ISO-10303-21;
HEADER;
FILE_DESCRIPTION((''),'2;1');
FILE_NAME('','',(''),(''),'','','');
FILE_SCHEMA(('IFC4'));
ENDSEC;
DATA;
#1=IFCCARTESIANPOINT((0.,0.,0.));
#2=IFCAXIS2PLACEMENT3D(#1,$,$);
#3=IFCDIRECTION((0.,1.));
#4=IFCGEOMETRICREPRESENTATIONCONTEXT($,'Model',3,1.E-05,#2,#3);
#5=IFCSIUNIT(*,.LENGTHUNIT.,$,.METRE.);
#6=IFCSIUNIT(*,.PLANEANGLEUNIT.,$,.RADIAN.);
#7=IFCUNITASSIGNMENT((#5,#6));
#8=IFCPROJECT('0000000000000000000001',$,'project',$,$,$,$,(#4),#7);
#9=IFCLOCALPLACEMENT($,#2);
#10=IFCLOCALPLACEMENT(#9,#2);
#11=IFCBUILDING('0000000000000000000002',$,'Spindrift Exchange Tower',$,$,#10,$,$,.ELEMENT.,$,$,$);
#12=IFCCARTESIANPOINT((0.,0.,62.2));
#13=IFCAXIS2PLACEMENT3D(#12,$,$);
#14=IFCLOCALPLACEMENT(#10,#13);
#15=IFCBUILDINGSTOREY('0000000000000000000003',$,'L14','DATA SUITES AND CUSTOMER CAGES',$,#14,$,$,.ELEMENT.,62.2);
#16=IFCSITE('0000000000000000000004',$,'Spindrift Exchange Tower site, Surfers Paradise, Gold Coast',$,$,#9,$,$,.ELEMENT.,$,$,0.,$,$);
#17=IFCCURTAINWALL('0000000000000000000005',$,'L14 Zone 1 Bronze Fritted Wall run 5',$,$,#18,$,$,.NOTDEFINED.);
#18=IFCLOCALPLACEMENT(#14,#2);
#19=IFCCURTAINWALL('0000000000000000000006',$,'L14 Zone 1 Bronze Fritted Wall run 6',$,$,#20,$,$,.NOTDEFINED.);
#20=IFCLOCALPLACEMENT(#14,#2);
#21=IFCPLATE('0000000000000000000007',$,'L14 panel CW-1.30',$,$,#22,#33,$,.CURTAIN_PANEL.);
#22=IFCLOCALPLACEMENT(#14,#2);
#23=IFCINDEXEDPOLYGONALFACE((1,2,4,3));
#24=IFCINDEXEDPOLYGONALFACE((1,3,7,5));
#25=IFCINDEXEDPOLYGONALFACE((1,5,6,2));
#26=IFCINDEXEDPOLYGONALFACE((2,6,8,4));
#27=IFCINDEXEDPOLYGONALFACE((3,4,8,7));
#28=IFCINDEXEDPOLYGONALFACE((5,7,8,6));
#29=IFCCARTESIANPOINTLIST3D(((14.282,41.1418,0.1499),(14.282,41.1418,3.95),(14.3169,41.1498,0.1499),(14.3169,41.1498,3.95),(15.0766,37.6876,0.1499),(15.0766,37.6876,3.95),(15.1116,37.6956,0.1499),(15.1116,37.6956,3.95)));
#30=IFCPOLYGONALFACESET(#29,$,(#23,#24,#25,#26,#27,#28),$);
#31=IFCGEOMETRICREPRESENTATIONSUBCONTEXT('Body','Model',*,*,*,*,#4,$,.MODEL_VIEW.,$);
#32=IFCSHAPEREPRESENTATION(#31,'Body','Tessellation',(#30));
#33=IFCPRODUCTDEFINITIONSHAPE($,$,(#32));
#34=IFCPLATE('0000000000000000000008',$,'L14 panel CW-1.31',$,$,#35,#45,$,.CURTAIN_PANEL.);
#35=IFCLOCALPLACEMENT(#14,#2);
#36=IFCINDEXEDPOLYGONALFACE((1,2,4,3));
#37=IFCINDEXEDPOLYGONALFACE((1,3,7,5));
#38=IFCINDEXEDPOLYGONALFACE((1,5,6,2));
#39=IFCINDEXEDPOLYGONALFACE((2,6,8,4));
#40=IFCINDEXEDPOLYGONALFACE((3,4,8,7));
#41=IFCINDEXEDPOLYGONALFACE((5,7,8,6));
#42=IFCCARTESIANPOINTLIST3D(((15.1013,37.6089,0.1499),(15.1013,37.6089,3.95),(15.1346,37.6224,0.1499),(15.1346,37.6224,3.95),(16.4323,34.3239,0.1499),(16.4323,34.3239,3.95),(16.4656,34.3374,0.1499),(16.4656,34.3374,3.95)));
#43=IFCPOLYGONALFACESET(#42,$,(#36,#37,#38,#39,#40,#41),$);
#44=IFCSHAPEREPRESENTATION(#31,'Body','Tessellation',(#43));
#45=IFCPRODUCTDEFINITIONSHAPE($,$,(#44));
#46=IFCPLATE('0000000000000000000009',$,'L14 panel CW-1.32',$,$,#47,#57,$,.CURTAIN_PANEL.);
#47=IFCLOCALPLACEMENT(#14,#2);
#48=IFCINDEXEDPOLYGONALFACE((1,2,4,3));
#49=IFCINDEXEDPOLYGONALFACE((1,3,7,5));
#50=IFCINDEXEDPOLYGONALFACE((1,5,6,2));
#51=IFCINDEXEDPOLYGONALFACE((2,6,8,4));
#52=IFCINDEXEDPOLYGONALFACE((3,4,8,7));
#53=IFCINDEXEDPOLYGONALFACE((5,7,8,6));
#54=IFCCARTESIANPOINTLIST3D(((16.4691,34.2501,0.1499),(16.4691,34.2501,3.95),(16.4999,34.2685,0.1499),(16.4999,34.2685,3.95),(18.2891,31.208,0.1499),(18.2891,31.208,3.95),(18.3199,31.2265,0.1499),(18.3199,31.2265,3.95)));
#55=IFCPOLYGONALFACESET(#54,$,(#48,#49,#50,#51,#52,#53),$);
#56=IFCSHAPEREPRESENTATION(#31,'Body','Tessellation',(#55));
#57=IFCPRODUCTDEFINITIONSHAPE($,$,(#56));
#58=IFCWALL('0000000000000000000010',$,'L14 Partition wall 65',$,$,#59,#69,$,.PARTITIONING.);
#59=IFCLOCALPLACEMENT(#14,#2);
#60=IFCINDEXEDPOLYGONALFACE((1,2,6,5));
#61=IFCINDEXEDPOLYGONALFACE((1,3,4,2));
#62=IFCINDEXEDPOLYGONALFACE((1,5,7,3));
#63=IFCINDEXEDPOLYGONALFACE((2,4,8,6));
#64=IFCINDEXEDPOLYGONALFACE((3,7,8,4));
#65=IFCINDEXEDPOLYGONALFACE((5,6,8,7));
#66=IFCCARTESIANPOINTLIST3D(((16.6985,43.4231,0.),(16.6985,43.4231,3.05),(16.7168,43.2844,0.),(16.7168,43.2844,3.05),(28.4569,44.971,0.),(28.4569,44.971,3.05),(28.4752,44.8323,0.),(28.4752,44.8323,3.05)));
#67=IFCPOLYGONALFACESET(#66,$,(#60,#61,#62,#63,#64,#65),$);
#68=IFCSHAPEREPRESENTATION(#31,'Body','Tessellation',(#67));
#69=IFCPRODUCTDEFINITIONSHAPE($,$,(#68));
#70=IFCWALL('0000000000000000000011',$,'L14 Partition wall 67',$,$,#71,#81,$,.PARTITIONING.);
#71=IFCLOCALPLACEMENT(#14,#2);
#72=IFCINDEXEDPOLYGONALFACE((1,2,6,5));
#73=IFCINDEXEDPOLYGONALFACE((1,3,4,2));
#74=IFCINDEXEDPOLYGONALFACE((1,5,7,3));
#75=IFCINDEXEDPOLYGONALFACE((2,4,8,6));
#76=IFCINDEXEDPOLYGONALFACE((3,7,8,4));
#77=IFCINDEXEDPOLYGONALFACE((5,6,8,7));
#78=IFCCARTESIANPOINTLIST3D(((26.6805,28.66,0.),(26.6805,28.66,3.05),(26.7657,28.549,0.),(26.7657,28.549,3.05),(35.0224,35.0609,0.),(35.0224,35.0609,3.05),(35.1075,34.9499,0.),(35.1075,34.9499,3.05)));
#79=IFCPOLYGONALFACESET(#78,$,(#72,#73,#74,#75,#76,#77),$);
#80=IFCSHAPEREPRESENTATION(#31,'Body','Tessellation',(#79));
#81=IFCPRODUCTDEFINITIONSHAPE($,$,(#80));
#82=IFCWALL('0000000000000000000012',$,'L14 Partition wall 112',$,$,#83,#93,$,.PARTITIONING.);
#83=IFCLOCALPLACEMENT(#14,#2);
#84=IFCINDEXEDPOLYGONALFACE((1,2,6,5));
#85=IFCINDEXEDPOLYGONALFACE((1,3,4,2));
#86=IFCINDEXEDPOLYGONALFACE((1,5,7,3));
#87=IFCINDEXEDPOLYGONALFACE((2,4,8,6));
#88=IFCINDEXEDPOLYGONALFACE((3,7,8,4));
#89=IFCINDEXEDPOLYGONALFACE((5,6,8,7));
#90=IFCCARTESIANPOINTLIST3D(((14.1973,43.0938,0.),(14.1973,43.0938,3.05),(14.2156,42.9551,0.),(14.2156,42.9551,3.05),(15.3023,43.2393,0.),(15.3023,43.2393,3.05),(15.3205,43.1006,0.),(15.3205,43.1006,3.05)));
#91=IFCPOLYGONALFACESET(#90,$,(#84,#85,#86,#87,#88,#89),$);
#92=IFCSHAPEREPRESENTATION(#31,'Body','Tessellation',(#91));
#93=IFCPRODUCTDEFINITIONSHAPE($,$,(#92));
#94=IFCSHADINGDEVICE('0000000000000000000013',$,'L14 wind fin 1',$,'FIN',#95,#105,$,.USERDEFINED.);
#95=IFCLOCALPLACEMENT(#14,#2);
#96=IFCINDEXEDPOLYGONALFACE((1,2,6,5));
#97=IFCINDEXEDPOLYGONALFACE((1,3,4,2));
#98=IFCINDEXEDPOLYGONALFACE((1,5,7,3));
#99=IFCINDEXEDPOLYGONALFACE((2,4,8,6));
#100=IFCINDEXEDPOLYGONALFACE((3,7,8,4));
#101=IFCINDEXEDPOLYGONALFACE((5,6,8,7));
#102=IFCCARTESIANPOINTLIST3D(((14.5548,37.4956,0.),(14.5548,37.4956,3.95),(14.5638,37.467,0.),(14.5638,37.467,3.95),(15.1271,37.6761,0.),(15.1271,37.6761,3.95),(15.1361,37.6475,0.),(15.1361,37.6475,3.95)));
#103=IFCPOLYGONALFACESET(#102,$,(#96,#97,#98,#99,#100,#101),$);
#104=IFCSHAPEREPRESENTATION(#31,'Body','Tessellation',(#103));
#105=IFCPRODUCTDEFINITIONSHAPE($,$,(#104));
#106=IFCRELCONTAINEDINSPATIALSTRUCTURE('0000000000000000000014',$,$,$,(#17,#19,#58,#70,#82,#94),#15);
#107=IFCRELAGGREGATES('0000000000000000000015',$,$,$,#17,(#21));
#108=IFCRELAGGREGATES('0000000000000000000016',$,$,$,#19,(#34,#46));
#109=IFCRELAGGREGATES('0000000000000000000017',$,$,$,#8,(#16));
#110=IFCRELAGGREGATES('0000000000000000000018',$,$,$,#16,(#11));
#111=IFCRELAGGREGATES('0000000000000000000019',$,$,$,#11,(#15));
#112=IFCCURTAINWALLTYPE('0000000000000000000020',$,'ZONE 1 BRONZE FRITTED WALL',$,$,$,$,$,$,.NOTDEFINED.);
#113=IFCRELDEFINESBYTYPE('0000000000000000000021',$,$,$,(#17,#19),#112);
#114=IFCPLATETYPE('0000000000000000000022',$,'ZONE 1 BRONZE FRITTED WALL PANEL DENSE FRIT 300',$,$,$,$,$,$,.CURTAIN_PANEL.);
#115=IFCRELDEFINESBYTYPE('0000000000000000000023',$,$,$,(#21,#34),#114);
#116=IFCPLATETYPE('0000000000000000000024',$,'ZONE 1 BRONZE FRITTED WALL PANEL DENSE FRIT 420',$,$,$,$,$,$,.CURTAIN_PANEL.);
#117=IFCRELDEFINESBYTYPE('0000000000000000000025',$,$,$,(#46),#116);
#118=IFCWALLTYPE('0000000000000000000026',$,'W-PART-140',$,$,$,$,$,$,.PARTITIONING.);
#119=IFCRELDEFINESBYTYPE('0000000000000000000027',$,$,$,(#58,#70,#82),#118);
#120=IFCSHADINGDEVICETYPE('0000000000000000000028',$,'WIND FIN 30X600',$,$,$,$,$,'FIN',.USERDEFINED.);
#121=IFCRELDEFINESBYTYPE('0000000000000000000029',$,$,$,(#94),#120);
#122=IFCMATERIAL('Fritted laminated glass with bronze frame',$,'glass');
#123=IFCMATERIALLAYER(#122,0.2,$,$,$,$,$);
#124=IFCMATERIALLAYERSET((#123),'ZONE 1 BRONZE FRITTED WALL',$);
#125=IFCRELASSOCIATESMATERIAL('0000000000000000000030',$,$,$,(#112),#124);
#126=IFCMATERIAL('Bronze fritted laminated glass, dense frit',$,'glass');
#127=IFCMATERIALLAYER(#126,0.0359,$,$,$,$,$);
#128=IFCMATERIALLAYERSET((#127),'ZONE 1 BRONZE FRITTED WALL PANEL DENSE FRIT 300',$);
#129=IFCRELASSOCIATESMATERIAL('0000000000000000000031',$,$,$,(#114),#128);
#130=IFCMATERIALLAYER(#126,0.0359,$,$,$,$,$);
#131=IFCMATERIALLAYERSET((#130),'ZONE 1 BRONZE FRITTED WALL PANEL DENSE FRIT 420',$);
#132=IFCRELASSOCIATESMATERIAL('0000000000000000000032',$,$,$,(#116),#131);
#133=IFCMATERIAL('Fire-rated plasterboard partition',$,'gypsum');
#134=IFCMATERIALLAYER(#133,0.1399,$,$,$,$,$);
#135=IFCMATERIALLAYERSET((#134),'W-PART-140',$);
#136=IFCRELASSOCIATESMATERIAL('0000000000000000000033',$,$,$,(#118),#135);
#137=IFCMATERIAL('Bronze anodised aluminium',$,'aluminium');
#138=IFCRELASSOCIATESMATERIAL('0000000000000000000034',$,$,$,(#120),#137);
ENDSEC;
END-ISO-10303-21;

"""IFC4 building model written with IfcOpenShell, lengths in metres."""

from ifc_helpers import new_model, si_unit, direction, frame, frame_2d, origin, origin_2d, place, context, subcontext, project, spatial, rectangle, extrude, source, transform, mapped, material, layer, layer_set, material_profile, profile_set, type_object, element, aggregate, save


model = new_model("IFC4")

# Units and contexts
model_context = context("Model", 3, precision=1e-05, world=origin(), true_north=direction((0.0, 1.0)))
body_context = subcontext(model_context, "Body", "Model", "MODEL_VIEW")
ifc_project = project(units=[si_unit("LENGTHUNIT", "METRE"), si_unit("PLANEANGLEUNIT", "RADIAN")], contexts=[model_context])

# Site, building, storey
site_placement = place(None, origin())
site = spatial("IfcSite", under=ifc_project, at=site_placement, Name="Spindrift Exchange Tower site, Surfers Paradise, Gold Coast", CompositionType="ELEMENT", RefElevation=0.0)
building_placement = place(site_placement, origin())
building = spatial("IfcBuilding", under=site, at=building_placement, Name="Spindrift Exchange Tower", CompositionType="ELEMENT")
storey_placement = place(building_placement, frame((0.0, 0.0, 62.2)))
storey = spatial("IfcBuildingStorey", under=building, at=storey_placement, Name="L14", Description="DATA SUITES AND CUSTOMER CAGES", CompositionType="ELEMENT", Elevation=62.2)

# Curtain walls
ifc_material_1 = material(Name="Fritted laminated glass with bronze frame", Category="glass")
ifc_layer_1 = layer(ifc_material_1, 0.2)
ifc_layer_set_1 = layer_set([ifc_layer_1], Name="ZONE 1 BRONZE FRITTED WALL")
curtain_wall_type = type_object("IfcCurtainWallType", Name="ZONE 1 BRONZE FRITTED WALL", PredefinedType="NOTDEFINED", material=ifc_layer_set_1)
curtain_wall_1_placement = place(storey_placement, origin())
curtain_wall_1 = element("IfcCurtainWall", 1, at=curtain_wall_1_placement, inside=storey, type_object=curtain_wall_type, Name="L14 Zone 1 Bronze Fritted Wall run 5", PredefinedType="NOTDEFINED")
ifc_material_2 = material(Name="Bronze anodised aluminium", Category="aluminium")
curtain_wall_2_placement = place(storey_placement, origin())
curtain_wall_2 = element("IfcCurtainWall", 2, at=curtain_wall_2_placement, inside=storey, type_object=curtain_wall_type, Name="L14 Zone 1 Bronze Fritted Wall run 6", PredefinedType="NOTDEFINED")

# Plates
ifc_material_3 = material(Name="Bronze fritted laminated glass, dense frit", Category="glass")
ifc_layer_2 = layer(ifc_material_3, 0.0359)
ifc_layer_set_2 = layer_set([ifc_layer_2], Name="ZONE 1 BRONZE FRITTED WALL PANEL DENSE FRIT 300")
plate_type_1 = type_object("IfcPlateType", Name="ZONE 1 BRONZE FRITTED WALL PANEL DENSE FRIT 300", PredefinedType="CURTAIN_PANEL", material=ifc_layer_set_2)
shared_shape_1 = source(origin(), body_context, "Body", "SweptSolid", [
    extrude(rectangle(XDim=3.5444, YDim=0.0359, at=origin_2d()), origin(), (0.0, 0.0, 1.0), 3.8),
])
plate_1_placement = place(storey_placement, frame((14.6968, 39.4187, 0.1499), z_axis=(0.0, 0.0, 1.0), x_axis=(0.224204, -0.974542, 0.0)))
plate_1 = element("IfcPlate", 3, at=plate_1_placement, type_object=plate_type_1, Name="L14 panel CW-1.30", PredefinedType="CURTAIN_PANEL", context=body_context, shape_type="MappedRepresentation", body=[
    mapped(shared_shape_1, transform((0.0, 0.0, 0.0), scale=1.0)),
])
aggregate(curtain_wall_1, [plate_1])
plate_2_placement = place(storey_placement, frame((15.7834, 35.9731, 0.1499), z_axis=(0.0, 0.0, 1.0), x_axis=(0.37553, -0.92681, 0.0)))
plate_2 = element("IfcPlate", 4, at=plate_2_placement, type_object=plate_type_1, Name="L14 panel CW-1.31", PredefinedType="CURTAIN_PANEL", context=body_context, shape_type="MappedRepresentation", body=[
    mapped(shared_shape_1, transform((0.0, 0.0, 0.0), scale=1.0)),
])
ifc_layer_3 = layer(ifc_material_3, 0.0359)
ifc_layer_set_3 = layer_set([ifc_layer_3], Name="ZONE 1 BRONZE FRITTED WALL PANEL DENSE FRIT 420")
plate_type_2 = type_object("IfcPlateType", Name="ZONE 1 BRONZE FRITTED WALL PANEL DENSE FRIT 420", PredefinedType="CURTAIN_PANEL", material=ifc_layer_set_3)
shared_shape_2 = source(origin(), body_context, "Body", "SweptSolid", [
    extrude(rectangle(XDim=3.5449, YDim=0.0359, at=origin_2d()), origin(), (0.0, 0.0, 1.0), 3.8),
])
plate_3_placement = place(storey_placement, frame((17.3945, 32.7383, 0.1499), z_axis=(0.0, 0.0, 1.0), x_axis=(0.513408, -0.858145, 0.0)))
plate_3 = element("IfcPlate", 5, at=plate_3_placement, type_object=plate_type_2, Name="L14 panel CW-1.32", PredefinedType="CURTAIN_PANEL", context=body_context, shape_type="MappedRepresentation", body=[
    mapped(shared_shape_2, transform((0.0, 0.0, 0.0), scale=1.0)),
])
aggregate(curtain_wall_2, [plate_2, plate_3])

# Walls
ifc_material_4 = material(Name="Fire-rated plasterboard partition", Category="gypsum")
ifc_layer_4 = layer(ifc_material_4, 0.1399)
ifc_layer_set_4 = layer_set([ifc_layer_4], Name="W-PART-140")
wall_type = type_object("IfcWallType", Name="W-PART-140", PredefinedType="PARTITIONING", material=ifc_layer_set_4)
wall_1_placement = place(storey_placement, frame((28.4661, 44.9016, 0.0), z_axis=(0.0, 0.0, 1.0), x_axis=(-0.991447, -0.130513, 0.0)))
element("IfcWall", 6, at=wall_1_placement, inside=storey, type_object=wall_type, Name="L14 Partition wall 65", PredefinedType="PARTITIONING", context=body_context, shape_type="SweptSolid", body=[
    extrude(rectangle(XDim=11.8599, YDim=0.1399, at=frame_2d((5.9299, 0.0))), origin(), (0.0, 0.0, 1.0), 3.05),
])
wall_2_placement = place(storey_placement, frame((35.0649, 35.0054, 0.0), z_axis=(0.0, 0.0, 1.0), x_axis=(-0.793354, -0.608761, 0.0)))
element("IfcWall", 7, at=wall_2_placement, inside=storey, type_object=wall_type, Name="L14 Partition wall 67", PredefinedType="PARTITIONING", context=body_context, shape_type="SweptSolid", body=[
    extrude(rectangle(XDim=10.5146, YDim=0.1399, at=frame_2d((5.2573, 0.0))), origin(), (0.0, 0.0, 1.0), 3.05),
])
wall_3_placement = place(storey_placement, frame((15.3113, 43.1699, 0.0), z_axis=(0.0, 0.0, 1.0), x_axis=(-0.991441, -0.130557, 0.0)))
element("IfcWall", 8, at=wall_3_placement, inside=storey, type_object=wall_type, Name="L14 Partition wall 112", PredefinedType="PARTITIONING", context=body_context, shape_type="SweptSolid", body=[
    extrude(rectangle(XDim=1.1145, YDim=0.1399, at=frame_2d((0.5571, 0.0))), origin(), (0.0, 0.0, 1.0), 3.05),
])

# Shading device
ifc_material_profile_1 = material_profile(ifc_material_2, rectangle(XDim=0.03, YDim=0.6001, at=origin_2d()), Name="WIND FIN 30X600")
ifc_profile_set_1 = profile_set([ifc_material_profile_1], Name="Bronze anodised aluminium")
shading_device_type = type_object("IfcShadingDeviceType", Name="WIND FIN 30X600", ElementType="FIN", PredefinedType="USERDEFINED", material=ifc_profile_set_1)
shared_shape_3 = source(origin(), body_context, "Body", "SweptSolid", [
    extrude(rectangle(XDim=0.03, YDim=0.6001, at=origin_2d()), origin(), (0.0, 0.0, 1.0), 3.95),
])
shading_device_placement = place(storey_placement, frame((14.8455, 37.5715, 0.0), z_axis=(0.0, 0.0, 1.0), x_axis=(0.300816, -0.953682, 0.0)))
element("IfcShadingDevice", 9, at=shading_device_placement, inside=storey, type_object=shading_device_type, Name="L14 wind fin 1", ObjectType="FIN", PredefinedType="USERDEFINED", context=body_context, shape_type="MappedRepresentation", body=[
    mapped(shared_shape_3, transform((0.0, 0.0, 0.0), scale=1.0)),
])

save(model, "model.ifc")
